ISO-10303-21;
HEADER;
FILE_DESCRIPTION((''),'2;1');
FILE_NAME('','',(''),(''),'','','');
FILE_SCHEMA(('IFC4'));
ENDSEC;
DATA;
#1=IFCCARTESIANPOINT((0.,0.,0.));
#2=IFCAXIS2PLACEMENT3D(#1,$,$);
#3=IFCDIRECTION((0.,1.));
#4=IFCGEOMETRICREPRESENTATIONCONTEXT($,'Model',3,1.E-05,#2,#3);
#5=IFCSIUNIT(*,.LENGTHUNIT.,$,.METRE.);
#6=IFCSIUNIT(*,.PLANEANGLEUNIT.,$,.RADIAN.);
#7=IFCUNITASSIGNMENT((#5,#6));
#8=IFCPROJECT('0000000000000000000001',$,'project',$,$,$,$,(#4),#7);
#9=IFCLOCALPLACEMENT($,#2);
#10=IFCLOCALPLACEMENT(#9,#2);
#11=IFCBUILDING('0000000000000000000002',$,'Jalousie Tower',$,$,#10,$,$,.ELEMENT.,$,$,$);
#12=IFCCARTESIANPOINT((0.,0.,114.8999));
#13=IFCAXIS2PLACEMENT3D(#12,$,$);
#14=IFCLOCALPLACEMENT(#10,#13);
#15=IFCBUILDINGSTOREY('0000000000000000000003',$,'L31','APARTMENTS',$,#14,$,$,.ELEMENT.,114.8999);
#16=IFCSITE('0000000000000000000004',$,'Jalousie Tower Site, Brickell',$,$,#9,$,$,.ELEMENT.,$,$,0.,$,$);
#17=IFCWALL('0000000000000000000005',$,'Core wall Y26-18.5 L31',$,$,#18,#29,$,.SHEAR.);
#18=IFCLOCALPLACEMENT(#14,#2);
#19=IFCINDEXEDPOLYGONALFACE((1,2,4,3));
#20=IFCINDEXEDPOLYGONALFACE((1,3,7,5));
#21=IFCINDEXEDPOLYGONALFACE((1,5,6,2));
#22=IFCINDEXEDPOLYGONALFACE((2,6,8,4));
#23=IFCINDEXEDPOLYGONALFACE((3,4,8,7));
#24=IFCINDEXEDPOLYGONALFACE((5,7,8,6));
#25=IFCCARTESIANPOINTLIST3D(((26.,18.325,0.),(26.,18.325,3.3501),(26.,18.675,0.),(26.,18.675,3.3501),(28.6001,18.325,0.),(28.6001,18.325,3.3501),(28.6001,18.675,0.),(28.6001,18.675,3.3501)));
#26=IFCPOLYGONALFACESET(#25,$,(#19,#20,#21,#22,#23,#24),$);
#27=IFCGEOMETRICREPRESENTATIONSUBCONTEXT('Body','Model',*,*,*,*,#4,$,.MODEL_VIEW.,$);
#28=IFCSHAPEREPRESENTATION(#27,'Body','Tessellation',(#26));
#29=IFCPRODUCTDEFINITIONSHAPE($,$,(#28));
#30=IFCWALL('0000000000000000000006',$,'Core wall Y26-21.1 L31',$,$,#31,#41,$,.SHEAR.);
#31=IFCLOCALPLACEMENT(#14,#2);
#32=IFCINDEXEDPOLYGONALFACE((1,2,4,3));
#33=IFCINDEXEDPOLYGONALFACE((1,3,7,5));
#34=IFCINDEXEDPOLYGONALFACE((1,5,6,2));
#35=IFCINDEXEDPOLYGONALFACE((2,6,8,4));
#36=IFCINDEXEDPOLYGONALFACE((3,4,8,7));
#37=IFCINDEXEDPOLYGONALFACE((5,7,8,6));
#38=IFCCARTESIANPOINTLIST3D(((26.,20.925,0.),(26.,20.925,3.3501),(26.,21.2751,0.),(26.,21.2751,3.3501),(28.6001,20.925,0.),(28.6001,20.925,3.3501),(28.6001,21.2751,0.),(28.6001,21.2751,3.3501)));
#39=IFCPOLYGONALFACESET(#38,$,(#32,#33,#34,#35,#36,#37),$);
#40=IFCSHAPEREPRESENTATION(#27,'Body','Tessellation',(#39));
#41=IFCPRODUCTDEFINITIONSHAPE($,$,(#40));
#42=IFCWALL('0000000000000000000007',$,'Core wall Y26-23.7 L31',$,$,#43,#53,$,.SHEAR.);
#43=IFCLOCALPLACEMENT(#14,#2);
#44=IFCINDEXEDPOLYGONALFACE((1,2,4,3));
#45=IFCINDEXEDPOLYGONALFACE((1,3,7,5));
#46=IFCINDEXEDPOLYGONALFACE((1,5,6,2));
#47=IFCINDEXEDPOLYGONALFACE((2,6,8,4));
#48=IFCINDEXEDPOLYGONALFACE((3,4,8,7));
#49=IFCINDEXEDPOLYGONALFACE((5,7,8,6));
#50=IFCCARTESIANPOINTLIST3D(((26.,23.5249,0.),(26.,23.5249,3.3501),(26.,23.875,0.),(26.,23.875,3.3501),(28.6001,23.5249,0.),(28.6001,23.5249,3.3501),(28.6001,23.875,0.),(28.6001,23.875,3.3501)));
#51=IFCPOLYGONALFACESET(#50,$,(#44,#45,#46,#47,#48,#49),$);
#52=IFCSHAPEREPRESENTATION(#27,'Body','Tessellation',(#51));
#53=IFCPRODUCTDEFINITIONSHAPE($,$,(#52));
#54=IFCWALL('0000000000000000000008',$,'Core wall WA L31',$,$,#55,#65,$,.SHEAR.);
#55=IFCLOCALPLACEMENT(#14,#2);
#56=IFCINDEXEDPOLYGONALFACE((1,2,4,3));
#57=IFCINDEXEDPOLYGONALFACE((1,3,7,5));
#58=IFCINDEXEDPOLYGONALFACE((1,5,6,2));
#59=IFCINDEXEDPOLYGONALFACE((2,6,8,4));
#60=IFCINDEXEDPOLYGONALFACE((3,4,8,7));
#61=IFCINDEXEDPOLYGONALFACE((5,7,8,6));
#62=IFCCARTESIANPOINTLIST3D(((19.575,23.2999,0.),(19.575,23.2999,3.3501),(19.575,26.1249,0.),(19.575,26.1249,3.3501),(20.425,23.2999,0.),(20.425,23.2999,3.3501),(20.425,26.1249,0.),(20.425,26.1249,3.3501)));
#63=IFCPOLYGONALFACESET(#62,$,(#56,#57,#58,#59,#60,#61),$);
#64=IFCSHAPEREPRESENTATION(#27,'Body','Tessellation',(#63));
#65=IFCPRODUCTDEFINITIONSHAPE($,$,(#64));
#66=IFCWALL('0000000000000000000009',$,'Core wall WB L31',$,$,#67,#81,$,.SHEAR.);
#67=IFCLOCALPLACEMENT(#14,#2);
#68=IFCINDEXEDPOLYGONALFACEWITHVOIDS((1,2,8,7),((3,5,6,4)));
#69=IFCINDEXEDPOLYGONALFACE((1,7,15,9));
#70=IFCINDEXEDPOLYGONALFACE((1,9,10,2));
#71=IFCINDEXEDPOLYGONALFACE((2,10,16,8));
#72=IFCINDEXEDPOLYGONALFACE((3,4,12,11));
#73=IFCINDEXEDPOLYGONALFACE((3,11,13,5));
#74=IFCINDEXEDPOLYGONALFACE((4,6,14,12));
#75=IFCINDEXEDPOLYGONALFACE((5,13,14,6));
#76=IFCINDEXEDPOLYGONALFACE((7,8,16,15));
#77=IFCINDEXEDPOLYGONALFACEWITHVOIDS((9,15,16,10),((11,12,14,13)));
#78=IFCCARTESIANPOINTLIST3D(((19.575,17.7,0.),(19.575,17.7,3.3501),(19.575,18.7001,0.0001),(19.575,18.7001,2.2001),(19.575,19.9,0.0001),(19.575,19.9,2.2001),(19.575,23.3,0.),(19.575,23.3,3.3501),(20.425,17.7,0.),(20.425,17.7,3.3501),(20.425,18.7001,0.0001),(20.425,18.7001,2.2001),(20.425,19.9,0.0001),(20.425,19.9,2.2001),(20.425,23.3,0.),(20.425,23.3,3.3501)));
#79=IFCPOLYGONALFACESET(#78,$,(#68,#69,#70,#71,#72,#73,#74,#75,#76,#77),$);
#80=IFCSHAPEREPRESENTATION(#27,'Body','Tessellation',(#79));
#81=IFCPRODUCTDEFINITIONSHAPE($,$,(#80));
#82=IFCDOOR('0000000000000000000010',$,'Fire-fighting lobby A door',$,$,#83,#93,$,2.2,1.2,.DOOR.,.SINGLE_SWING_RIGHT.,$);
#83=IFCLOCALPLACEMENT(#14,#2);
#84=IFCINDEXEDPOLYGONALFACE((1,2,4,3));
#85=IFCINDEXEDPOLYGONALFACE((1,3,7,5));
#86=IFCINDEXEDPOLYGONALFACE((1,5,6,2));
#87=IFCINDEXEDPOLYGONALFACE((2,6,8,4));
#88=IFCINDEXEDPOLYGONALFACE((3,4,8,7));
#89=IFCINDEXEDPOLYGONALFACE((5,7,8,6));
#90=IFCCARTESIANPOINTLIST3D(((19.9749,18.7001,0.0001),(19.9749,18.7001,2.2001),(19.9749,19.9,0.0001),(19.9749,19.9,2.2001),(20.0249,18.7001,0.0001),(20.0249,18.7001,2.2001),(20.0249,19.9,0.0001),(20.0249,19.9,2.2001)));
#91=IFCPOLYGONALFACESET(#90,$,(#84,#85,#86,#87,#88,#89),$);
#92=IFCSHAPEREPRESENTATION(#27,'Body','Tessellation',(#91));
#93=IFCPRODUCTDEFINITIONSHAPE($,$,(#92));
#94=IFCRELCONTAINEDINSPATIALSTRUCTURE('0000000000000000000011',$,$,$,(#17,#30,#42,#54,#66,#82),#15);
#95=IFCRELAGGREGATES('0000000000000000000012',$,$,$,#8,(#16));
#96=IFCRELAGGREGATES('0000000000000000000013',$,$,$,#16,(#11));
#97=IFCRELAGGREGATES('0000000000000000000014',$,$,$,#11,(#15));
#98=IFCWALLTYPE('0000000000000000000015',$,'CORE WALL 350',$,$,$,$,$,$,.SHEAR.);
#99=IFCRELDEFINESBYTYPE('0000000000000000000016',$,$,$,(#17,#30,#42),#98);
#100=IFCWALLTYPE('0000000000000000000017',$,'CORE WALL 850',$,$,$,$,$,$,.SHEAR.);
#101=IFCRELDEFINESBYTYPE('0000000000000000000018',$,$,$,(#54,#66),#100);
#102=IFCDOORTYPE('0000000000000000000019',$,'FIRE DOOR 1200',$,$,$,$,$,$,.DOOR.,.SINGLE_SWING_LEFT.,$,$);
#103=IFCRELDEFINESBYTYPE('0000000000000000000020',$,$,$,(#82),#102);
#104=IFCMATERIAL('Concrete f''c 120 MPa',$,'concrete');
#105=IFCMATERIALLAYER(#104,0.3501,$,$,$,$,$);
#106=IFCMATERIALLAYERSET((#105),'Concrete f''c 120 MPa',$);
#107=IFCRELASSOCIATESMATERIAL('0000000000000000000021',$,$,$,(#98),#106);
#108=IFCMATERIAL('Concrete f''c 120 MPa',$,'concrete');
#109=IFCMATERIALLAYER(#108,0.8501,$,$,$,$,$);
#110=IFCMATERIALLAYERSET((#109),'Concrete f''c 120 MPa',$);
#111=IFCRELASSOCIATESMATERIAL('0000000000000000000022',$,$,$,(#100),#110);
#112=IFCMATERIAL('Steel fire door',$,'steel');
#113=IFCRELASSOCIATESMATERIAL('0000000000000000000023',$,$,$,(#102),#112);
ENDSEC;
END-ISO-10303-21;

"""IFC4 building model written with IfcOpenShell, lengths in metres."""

from ifc_helpers import new_model, si_unit, direction, frame, frame_2d, origin, place, context, subcontext, project, spatial, rectangle, extrude, material, layer, layer_set, type_object, element, fill, save


model = new_model("IFC4")

# Units and contexts
model_context = context("Model", 3, precision=1e-05, world=origin(), true_north=direction((0.0, 1.0)))
body_context = subcontext(model_context, "Body", "Model", "MODEL_VIEW")
ifc_project = project(units=[si_unit("LENGTHUNIT", "METRE"), si_unit("PLANEANGLEUNIT", "RADIAN")], contexts=[model_context])

# Site, building, storey
site_placement = place(None, origin())
site = spatial("IfcSite", under=ifc_project, at=site_placement, Name="Jalousie Tower Site, Brickell", CompositionType="ELEMENT", RefElevation=0.0)
building_placement = place(site_placement, origin())
building = spatial("IfcBuilding", under=site, at=building_placement, Name="Jalousie Tower", CompositionType="ELEMENT")
storey_placement = place(building_placement, frame((0.0, 0.0, 114.8999)))
storey = spatial("IfcBuildingStorey", under=building, at=storey_placement, Name="L31", Description="APARTMENTS", CompositionType="ELEMENT", Elevation=114.8999)

# Shared definitions
ifc_material_1 = material(Name="Concrete f'c 120 MPa", Category="concrete")
ifc_layer_1 = layer(ifc_material_1, 0.3501)
ifc_layer_set_1 = layer_set([ifc_layer_1], Name="Concrete f'c 120 MPa")
wall_type_1 = type_object("IfcWallType", Name="CORE WALL 350", PredefinedType="SHEAR", material=ifc_layer_set_1)

# Walls
for number, where, z_axis, x_axis, name in (
    (1, (26.0, 18.5, 0.0), (0.0, 0.0, 1.0), (1.0, 0.0, 0.0), "Core wall Y26-18.5 L31"),
    (2, (26.0, 21.1001, 0.0), (0.0, 0.0, 1.0), (1.0, 0.0, 0.0), "Core wall Y26-21.1 L31"),
    (3, (26.0, 23.7, 0.0), (0.0, 0.0, 1.0), (1.0, 0.0, 0.0), "Core wall Y26-23.7 L31"),
):
    element("IfcWall", number, at=place(storey_placement, frame(where, z_axis=z_axis, x_axis=x_axis)), inside=storey, type_object=wall_type_1, Name=name, PredefinedType="SHEAR", context=body_context, shape_type="SweptSolid", body=[
        extrude(rectangle(XDim=2.6001, YDim=0.3501, at=frame_2d((1.3, 0.0))), origin(), (0.0, 0.0, 1.0), 3.3501),
    ])
ifc_material_2 = material(Name="Concrete f'c 120 MPa", Category="concrete")
ifc_layer_2 = layer(ifc_material_2, 0.8501)
ifc_layer_set_2 = layer_set([ifc_layer_2], Name="Concrete f'c 120 MPa")
wall_type_2 = type_object("IfcWallType", Name="CORE WALL 850", PredefinedType="SHEAR", material=ifc_layer_set_2)
wall_1_placement = place(storey_placement, frame((20.0, 26.125, 0.0), z_axis=(0.0, 0.0, 1.0), x_axis=(0.0, -1.0, 0.0)))
element("IfcWall", 4, at=wall_1_placement, inside=storey, type_object=wall_type_2, Name="Core wall WA L31", PredefinedType="SHEAR", context=body_context, shape_type="SweptSolid", body=[
    extrude(rectangle(XDim=2.825, YDim=0.8501, at=frame_2d((1.4126, 0.0))), origin(), (0.0, 0.0, 1.0), 3.3501),
])

# Wall, opening, door
wall_2_placement = place(storey_placement, frame((20.0, 23.3, 0.0), z_axis=(0.0, 0.0, 1.0), x_axis=(0.0, -1.0, 0.0)))
wall_2 = element("IfcWall", 5, at=wall_2_placement, inside=storey, type_object=wall_type_2, Name="Core wall WB L31", PredefinedType="SHEAR", context=body_context, shape_type="SweptSolid", body=[
    extrude(rectangle(XDim=5.6001, YDim=0.8501, at=frame_2d((2.8, 0.0))), origin(), (0.0, 0.0, 1.0), 3.3501),
])
opening_1_placement = place(wall_2_placement, frame((3.3999, 0.0, 0.0)))
opening_1 = element("IfcOpeningElement", 6, at=opening_1_placement, cuts=wall_2, PredefinedType="OPENING", context=body_context, shape_type="SweptSolid", body=[
    extrude(rectangle(XDim=1.2, YDim=2.2, at=frame_2d((0.6001, 1.1001))), frame((0.0, 0.4351, 0.0), z_axis=(0.0, -1.0, 0.0), x_axis=(1.0, 0.0, 0.0)), (0.0, 0.0, 1.0), 0.8701),
])
ifc_material_3 = material(Name="Steel fire door", Category="steel")
door_type_1 = type_object("IfcDoorType", Name="FIRE DOOR 1200", OperationType="SINGLE_SWING_LEFT", PredefinedType="DOOR", material=ifc_material_3)
door_1_placement = place(opening_1_placement, origin())
door_1 = element("IfcDoor", 7, at=door_1_placement, inside=storey, type_object=door_type_1, Name="Fire-fighting lobby A door", OperationType="SINGLE_SWING_RIGHT", OverallHeight=2.2, OverallWidth=1.2, PredefinedType="DOOR", context=body_context, shape_type="SweptSolid", body=[
    extrude(rectangle(XDim=1.2, YDim=2.2, at=frame_2d((0.6001, 1.1001))), frame((0.0, 0.0249, 0.0), z_axis=(0.0, -1.0, 0.0), x_axis=(1.0, 0.0, 0.0)), (0.0, 0.0, 1.0), 0.05),
])
fill(opening_1, door_1)

save(model, "model.ifc")
